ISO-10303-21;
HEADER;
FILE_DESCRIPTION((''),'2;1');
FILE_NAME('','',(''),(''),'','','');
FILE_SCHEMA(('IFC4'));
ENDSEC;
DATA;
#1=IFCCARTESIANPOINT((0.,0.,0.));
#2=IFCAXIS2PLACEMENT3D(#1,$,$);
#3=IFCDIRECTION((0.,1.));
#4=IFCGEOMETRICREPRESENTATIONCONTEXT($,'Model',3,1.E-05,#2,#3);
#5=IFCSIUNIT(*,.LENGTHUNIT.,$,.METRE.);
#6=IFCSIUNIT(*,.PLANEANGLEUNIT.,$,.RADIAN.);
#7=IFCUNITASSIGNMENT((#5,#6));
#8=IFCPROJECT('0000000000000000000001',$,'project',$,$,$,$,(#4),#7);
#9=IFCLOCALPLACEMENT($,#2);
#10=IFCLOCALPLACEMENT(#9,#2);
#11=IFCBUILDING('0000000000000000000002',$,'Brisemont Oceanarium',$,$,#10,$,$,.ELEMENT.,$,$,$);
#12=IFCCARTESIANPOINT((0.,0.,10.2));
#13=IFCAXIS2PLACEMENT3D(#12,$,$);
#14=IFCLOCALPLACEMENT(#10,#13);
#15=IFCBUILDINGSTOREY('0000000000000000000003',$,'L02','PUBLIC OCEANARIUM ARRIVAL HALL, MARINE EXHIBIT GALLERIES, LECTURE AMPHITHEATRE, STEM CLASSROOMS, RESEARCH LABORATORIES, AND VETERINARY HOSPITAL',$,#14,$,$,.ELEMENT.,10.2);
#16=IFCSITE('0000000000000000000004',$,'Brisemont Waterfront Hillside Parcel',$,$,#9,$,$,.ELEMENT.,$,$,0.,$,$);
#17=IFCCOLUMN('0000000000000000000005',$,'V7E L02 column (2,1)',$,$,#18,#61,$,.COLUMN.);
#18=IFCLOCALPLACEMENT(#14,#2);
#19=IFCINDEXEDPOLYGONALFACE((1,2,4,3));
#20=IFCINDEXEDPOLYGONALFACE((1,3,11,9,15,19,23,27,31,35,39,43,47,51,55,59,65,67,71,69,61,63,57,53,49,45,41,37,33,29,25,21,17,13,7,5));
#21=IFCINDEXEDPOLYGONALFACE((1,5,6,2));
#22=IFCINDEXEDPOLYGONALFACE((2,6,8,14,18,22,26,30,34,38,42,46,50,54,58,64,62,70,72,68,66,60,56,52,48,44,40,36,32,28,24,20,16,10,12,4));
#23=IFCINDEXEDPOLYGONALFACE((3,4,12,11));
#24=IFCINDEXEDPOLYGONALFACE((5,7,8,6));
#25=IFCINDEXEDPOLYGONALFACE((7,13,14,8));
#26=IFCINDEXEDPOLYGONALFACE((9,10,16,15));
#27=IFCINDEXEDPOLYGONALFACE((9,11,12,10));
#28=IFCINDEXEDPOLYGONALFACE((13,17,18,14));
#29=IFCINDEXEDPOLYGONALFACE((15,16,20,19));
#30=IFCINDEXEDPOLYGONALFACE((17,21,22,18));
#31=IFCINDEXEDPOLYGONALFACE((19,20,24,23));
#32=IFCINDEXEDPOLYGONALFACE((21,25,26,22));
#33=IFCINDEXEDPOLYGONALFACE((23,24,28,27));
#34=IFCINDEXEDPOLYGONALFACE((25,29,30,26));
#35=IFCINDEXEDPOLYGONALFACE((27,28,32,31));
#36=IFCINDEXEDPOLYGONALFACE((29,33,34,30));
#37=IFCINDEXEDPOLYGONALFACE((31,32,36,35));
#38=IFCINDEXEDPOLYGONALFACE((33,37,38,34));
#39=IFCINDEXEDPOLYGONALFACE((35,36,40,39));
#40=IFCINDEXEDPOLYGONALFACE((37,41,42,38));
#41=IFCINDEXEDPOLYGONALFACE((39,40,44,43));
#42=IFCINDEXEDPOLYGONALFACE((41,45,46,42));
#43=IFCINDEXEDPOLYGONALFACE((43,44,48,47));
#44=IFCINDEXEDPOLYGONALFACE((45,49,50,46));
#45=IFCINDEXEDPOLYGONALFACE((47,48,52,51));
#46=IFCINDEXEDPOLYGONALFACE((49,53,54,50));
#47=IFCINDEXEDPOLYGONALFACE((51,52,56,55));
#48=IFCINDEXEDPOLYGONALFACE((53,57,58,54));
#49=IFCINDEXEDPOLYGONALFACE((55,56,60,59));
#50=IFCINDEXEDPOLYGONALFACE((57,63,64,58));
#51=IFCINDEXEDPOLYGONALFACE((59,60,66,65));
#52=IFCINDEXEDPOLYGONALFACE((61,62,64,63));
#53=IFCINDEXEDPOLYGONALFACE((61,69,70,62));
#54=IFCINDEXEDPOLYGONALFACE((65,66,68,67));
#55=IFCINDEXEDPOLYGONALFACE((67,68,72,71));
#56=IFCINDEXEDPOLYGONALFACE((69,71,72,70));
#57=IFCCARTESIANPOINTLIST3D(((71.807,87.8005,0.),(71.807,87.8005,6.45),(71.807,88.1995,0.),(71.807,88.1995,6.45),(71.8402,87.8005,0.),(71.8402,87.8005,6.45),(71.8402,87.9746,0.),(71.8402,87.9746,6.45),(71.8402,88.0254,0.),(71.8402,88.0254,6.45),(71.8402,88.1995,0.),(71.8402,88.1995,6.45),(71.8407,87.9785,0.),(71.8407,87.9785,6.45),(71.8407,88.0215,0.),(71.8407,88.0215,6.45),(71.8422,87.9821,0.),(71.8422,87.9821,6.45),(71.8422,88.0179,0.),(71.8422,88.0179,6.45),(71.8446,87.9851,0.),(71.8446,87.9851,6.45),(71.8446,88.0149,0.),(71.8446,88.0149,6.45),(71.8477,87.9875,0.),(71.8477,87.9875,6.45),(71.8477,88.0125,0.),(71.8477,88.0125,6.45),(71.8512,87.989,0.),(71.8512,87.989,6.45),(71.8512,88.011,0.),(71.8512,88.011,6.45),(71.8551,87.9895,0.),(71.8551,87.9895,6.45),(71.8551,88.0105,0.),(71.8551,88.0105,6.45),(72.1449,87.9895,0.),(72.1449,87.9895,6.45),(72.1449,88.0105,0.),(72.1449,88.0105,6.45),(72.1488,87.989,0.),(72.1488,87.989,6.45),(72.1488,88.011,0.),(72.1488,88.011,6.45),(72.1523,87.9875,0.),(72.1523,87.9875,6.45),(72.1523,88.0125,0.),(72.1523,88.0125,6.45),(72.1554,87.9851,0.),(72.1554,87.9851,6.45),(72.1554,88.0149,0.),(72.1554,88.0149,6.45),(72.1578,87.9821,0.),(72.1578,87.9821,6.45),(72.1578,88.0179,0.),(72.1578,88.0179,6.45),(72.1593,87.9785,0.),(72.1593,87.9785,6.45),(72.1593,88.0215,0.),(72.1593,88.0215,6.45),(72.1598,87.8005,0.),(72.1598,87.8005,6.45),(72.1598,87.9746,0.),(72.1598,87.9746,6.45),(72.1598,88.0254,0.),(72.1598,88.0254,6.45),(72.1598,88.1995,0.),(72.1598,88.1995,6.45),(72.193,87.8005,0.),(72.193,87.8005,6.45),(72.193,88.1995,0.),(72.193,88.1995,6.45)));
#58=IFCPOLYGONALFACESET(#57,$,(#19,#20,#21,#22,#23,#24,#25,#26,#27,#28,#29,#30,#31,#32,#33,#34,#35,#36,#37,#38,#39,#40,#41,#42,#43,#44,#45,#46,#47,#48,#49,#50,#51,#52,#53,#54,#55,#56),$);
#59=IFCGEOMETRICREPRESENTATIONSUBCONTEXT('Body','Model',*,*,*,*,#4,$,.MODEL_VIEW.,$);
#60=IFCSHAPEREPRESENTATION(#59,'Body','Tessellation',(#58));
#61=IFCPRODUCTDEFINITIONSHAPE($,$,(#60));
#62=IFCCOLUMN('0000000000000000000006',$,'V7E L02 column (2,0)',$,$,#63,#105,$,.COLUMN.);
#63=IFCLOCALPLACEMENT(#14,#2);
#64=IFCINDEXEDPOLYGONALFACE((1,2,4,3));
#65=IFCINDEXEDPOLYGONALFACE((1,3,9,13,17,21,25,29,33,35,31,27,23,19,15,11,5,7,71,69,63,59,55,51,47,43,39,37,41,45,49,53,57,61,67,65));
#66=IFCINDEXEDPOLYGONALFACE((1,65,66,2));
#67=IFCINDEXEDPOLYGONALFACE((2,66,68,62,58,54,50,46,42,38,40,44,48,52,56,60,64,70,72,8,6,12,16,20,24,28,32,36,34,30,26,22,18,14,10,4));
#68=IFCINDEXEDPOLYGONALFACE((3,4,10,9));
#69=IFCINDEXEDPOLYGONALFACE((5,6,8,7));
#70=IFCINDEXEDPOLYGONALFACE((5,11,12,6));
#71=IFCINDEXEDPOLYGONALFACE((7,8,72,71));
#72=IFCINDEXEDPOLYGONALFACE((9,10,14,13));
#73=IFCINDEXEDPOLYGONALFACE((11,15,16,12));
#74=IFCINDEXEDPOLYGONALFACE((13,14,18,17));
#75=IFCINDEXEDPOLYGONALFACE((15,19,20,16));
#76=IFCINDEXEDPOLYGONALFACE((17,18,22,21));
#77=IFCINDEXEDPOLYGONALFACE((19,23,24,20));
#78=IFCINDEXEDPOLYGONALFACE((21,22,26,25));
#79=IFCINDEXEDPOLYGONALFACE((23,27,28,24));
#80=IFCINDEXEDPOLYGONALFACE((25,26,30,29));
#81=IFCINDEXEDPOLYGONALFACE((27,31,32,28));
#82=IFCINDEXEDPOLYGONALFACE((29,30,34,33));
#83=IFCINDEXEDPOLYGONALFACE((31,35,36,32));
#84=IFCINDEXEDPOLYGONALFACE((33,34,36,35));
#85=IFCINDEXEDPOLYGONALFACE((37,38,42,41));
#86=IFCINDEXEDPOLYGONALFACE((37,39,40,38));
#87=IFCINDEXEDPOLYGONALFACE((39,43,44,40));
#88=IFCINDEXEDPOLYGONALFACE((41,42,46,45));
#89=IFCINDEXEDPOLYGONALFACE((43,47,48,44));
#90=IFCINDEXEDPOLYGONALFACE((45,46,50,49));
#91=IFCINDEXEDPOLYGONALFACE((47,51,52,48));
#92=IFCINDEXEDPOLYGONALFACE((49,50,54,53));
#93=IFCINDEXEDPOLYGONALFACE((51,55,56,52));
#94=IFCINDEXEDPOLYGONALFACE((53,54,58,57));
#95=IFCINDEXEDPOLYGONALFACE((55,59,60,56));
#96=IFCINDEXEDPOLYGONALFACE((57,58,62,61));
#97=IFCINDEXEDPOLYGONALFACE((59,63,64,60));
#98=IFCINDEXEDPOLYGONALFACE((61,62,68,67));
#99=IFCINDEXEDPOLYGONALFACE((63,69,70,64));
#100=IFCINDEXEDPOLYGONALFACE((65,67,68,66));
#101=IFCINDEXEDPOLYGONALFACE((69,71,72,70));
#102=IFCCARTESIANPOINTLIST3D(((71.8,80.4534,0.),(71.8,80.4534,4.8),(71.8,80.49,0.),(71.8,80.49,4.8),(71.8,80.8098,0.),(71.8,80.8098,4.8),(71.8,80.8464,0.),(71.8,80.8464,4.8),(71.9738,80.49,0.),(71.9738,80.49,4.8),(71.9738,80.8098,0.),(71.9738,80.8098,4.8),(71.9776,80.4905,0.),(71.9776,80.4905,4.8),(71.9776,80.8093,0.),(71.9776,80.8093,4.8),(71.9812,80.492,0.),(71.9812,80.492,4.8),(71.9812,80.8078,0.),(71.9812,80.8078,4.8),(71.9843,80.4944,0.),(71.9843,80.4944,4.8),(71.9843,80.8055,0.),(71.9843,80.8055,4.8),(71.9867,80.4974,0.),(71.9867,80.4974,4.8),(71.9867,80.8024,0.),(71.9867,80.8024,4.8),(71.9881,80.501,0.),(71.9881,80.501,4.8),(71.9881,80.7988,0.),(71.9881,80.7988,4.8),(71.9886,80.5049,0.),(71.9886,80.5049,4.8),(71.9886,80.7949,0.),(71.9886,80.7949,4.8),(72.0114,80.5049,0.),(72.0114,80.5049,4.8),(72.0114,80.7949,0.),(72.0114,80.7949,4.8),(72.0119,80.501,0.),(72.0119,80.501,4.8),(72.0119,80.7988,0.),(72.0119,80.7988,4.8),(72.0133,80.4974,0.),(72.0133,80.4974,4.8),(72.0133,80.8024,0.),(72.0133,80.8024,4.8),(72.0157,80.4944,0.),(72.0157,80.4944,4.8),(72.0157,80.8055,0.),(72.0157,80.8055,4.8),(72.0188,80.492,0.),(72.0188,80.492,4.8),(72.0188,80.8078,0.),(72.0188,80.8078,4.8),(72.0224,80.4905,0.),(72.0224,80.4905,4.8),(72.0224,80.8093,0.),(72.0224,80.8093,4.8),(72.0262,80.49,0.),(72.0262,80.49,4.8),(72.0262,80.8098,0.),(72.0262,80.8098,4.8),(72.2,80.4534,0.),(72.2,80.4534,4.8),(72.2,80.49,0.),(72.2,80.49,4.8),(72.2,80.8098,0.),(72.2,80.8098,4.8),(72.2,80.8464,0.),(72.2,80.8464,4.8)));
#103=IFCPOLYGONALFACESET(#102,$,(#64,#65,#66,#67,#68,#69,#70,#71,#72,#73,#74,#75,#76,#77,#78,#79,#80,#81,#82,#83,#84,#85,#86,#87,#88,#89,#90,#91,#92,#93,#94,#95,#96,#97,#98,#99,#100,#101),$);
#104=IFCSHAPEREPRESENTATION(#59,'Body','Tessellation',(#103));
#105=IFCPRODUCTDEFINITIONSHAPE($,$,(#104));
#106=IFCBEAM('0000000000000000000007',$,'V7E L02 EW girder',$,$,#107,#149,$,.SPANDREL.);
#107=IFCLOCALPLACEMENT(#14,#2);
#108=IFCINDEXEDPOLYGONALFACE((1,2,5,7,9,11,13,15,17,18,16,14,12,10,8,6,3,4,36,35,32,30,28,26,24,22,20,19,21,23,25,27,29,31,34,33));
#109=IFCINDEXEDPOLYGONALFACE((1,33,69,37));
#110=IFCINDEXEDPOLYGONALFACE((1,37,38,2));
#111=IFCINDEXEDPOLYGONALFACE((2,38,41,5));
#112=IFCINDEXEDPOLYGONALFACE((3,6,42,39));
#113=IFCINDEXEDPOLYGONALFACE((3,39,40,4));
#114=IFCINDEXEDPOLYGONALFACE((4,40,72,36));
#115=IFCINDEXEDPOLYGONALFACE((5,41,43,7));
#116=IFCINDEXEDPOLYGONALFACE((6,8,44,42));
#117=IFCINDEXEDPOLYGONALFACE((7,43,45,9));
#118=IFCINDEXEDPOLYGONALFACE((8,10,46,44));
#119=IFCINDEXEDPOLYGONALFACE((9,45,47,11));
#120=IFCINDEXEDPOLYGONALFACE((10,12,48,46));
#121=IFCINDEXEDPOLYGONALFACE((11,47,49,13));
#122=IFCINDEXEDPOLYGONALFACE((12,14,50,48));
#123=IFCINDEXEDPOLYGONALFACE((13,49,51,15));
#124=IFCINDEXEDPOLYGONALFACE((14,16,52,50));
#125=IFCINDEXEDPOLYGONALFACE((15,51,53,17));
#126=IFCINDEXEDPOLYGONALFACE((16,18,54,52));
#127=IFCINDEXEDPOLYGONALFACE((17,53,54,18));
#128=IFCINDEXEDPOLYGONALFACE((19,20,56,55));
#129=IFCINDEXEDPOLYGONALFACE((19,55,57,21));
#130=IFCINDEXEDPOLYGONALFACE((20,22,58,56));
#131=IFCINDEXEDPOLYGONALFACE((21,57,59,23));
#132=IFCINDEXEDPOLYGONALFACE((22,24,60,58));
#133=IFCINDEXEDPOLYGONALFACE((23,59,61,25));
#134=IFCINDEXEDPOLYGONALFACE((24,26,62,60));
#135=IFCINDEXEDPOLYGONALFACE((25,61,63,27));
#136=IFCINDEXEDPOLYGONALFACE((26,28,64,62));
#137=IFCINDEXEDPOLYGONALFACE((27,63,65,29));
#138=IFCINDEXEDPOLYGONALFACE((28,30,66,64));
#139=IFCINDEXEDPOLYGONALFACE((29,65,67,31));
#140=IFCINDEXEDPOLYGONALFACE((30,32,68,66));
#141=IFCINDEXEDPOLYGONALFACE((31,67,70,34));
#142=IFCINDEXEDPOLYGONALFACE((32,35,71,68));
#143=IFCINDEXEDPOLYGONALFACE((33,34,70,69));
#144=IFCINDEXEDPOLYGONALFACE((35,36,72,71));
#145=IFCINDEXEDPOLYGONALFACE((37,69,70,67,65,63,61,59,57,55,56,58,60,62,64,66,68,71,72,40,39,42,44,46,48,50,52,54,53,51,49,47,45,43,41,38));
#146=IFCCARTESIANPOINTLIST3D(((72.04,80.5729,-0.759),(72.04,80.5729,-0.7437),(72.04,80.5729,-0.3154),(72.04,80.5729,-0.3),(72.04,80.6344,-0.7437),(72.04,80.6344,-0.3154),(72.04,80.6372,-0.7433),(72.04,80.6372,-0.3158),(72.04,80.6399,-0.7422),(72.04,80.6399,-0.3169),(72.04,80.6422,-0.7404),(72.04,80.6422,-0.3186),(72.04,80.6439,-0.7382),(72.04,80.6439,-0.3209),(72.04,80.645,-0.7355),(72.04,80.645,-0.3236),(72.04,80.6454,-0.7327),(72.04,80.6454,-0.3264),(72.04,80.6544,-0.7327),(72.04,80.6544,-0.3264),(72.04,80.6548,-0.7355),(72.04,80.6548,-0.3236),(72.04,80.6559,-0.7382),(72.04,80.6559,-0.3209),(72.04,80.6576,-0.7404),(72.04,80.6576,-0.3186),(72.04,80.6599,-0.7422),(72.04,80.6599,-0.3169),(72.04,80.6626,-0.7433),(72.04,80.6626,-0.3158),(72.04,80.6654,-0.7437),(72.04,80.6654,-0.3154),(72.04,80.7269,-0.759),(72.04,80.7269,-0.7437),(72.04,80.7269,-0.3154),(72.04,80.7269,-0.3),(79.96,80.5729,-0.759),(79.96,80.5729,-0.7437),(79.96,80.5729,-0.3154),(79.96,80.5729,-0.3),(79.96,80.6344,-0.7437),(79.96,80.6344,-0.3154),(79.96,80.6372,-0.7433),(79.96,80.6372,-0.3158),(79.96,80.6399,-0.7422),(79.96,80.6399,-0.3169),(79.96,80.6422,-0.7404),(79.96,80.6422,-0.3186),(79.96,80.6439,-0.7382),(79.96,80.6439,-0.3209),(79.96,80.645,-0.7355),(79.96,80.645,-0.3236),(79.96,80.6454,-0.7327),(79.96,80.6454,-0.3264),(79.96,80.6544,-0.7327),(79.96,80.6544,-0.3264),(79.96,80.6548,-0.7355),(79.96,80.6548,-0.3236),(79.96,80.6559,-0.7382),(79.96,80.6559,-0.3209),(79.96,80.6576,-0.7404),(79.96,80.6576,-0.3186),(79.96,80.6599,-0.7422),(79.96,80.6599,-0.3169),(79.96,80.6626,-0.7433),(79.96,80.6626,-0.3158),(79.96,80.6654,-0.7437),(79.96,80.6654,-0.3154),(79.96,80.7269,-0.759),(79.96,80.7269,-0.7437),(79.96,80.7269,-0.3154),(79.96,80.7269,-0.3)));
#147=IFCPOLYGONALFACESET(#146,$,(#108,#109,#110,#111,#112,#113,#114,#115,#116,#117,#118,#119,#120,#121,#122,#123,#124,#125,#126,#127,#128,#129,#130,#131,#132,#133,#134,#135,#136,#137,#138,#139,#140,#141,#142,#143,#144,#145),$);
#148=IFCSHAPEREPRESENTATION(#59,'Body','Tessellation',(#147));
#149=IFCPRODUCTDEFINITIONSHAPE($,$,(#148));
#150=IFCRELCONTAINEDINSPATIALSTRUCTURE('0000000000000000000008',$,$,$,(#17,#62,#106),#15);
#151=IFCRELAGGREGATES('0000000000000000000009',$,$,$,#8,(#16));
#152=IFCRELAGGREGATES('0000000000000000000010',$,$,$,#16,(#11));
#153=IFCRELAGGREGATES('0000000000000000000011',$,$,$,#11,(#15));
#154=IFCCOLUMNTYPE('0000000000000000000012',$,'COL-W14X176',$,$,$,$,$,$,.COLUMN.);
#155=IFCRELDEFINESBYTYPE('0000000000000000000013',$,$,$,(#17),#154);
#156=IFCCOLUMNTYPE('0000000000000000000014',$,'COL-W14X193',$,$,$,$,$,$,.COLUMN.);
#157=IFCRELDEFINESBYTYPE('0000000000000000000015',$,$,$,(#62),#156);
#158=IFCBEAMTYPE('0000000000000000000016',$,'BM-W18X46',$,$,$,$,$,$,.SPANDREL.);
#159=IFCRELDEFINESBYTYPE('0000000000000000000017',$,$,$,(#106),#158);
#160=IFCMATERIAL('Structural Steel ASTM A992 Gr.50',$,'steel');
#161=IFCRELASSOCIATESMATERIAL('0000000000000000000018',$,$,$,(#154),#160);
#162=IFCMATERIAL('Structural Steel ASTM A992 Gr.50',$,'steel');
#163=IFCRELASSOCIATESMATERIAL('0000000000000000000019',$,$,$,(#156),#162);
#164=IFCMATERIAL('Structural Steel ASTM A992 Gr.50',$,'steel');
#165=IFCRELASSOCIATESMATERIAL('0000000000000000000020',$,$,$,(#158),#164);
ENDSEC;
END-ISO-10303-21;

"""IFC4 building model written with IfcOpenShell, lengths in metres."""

from ifc_helpers import new_model, si_unit, direction, frame, origin, origin_2d, place, context, subcontext, project, spatial, i_section, extrude, material, material_profile, profile_set, type_object, element, save


model = new_model("IFC4")

# Units and contexts
model_context = context("Model", 3, precision=1e-05, world=origin(), true_north=direction((0.0, 1.0)))
body_context = subcontext(model_context, "Body", "Model", "MODEL_VIEW")
ifc_project = project(units=[si_unit("LENGTHUNIT", "METRE"), si_unit("PLANEANGLEUNIT", "RADIAN")], contexts=[model_context])

# Site, building, storey
site_placement = place(None, origin())
site = spatial("IfcSite", under=ifc_project, at=site_placement, Name="Brisemont Waterfront Hillside Parcel", CompositionType="ELEMENT", RefElevation=0.0)
building_placement = place(site_placement, origin())
building = spatial("IfcBuilding", under=site, at=building_placement, Name="Brisemont Oceanarium", CompositionType="ELEMENT")
storey_placement = place(building_placement, frame((0.0, 0.0, 10.2)))
storey = spatial("IfcBuildingStorey", under=building, at=storey_placement, Name="L02", Description="PUBLIC OCEANARIUM ARRIVAL HALL, MARINE EXHIBIT GALLERIES, LECTURE AMPHITHEATRE, STEM CLASSROOMS, RESEARCH LABORATORIES, AND VETERINARY HOSPITAL", CompositionType="ELEMENT", Elevation=10.2)

# Columns
ifc_material_1 = material(Name="Structural Steel ASTM A992 Gr.50", Category="steel")
ifc_material_profile_1 = material_profile(ifc_material_1, i_section(OverallWidth=0.3989, OverallDepth=0.386, WebThickness=0.021, FlangeThickness=0.0332, FilletRadius=0.0149, at=origin_2d()), Name="W14X176")
ifc_profile_set_1 = profile_set([ifc_material_profile_1], Name="Structural Steel ASTM A992 Gr.50")
column_type_1 = type_object("IfcColumnType", Name="COL-W14X176", PredefinedType="COLUMN", material=ifc_profile_set_1)
column_1_placement = place(storey_placement, frame((72.0, 88.0, 0.0), z_axis=(0.0, 0.0, 1.0), x_axis=(0.0, 1.0, 0.0)))
element("IfcColumn", 1, at=column_1_placement, inside=storey, type_object=column_type_1, Name="V7E L02 column (2,1)", PredefinedType="COLUMN", context=body_context, shape_type="SweptSolid", body=[
    extrude(i_section(OverallWidth=0.3989, OverallDepth=0.386, WebThickness=0.021, FlangeThickness=0.0332, FilletRadius=0.0149, at=origin_2d()), origin(), (0.0, 0.0, 1.0), 6.45),
])
ifc_material_2 = material(Name="Structural Steel ASTM A992 Gr.50", Category="steel")
ifc_material_profile_2 = material_profile(ifc_material_2, i_section(OverallWidth=0.3999, OverallDepth=0.3931, WebThickness=0.0227, FlangeThickness=0.0366, FilletRadius=0.0149, at=origin_2d()), Name="W14X193")
ifc_profile_set_2 = profile_set([ifc_material_profile_2], Name="Structural Steel ASTM A992 Gr.50")
column_type_2 = type_object("IfcColumnType", Name="COL-W14X193", PredefinedType="COLUMN", material=ifc_profile_set_2)
column_2_placement = place(storey_placement, frame((72.0, 80.6499, 0.0), z_axis=(0.0, 0.0, 1.0), x_axis=(1.0, 0.0, 0.0)))
element("IfcColumn", 2, at=column_2_placement, inside=storey, type_object=column_type_2, Name="V7E L02 column (2,0)", PredefinedType="COLUMN", context=body_context, shape_type="SweptSolid", body=[
    extrude(i_section(OverallWidth=0.3999, OverallDepth=0.3931, WebThickness=0.0227, FlangeThickness=0.0366, FilletRadius=0.0149, at=origin_2d()), origin(), (0.0, 0.0, 1.0), 4.8),
])

# Beam
ifc_material_3 = material(Name="Structural Steel ASTM A992 Gr.50", Category="steel")
ifc_material_profile_3 = material_profile(ifc_material_3, i_section(OverallWidth=0.1541, OverallDepth=0.459, WebThickness=0.009, FlangeThickness=0.0154, FilletRadius=0.011, at=origin_2d()), Name="W18X46")
ifc_profile_set_3 = profile_set([ifc_material_profile_3], Name="Structural Steel ASTM A992 Gr.50")
beam_type_1 = type_object("IfcBeamType", Name="BM-W18X46", PredefinedType="SPANDREL", material=ifc_profile_set_3)
beam_1_placement = place(storey_placement, frame((72.04, 80.6499, -0.5295), z_axis=(1.0, 0.0, 0.0), x_axis=(0.0, 1.0, 0.0)))
element("IfcBeam", 3, at=beam_1_placement, inside=storey, type_object=beam_type_1, Name="V7E L02 EW girder", PredefinedType="SPANDREL", context=body_context, shape_type="SweptSolid", body=[
    extrude(i_section(OverallWidth=0.1541, OverallDepth=0.459, WebThickness=0.009, FlangeThickness=0.0154, FilletRadius=0.011, at=origin_2d()), origin(), (0.0, 0.0, 1.0), 7.9199),
])

save(model, "model.ifc")
